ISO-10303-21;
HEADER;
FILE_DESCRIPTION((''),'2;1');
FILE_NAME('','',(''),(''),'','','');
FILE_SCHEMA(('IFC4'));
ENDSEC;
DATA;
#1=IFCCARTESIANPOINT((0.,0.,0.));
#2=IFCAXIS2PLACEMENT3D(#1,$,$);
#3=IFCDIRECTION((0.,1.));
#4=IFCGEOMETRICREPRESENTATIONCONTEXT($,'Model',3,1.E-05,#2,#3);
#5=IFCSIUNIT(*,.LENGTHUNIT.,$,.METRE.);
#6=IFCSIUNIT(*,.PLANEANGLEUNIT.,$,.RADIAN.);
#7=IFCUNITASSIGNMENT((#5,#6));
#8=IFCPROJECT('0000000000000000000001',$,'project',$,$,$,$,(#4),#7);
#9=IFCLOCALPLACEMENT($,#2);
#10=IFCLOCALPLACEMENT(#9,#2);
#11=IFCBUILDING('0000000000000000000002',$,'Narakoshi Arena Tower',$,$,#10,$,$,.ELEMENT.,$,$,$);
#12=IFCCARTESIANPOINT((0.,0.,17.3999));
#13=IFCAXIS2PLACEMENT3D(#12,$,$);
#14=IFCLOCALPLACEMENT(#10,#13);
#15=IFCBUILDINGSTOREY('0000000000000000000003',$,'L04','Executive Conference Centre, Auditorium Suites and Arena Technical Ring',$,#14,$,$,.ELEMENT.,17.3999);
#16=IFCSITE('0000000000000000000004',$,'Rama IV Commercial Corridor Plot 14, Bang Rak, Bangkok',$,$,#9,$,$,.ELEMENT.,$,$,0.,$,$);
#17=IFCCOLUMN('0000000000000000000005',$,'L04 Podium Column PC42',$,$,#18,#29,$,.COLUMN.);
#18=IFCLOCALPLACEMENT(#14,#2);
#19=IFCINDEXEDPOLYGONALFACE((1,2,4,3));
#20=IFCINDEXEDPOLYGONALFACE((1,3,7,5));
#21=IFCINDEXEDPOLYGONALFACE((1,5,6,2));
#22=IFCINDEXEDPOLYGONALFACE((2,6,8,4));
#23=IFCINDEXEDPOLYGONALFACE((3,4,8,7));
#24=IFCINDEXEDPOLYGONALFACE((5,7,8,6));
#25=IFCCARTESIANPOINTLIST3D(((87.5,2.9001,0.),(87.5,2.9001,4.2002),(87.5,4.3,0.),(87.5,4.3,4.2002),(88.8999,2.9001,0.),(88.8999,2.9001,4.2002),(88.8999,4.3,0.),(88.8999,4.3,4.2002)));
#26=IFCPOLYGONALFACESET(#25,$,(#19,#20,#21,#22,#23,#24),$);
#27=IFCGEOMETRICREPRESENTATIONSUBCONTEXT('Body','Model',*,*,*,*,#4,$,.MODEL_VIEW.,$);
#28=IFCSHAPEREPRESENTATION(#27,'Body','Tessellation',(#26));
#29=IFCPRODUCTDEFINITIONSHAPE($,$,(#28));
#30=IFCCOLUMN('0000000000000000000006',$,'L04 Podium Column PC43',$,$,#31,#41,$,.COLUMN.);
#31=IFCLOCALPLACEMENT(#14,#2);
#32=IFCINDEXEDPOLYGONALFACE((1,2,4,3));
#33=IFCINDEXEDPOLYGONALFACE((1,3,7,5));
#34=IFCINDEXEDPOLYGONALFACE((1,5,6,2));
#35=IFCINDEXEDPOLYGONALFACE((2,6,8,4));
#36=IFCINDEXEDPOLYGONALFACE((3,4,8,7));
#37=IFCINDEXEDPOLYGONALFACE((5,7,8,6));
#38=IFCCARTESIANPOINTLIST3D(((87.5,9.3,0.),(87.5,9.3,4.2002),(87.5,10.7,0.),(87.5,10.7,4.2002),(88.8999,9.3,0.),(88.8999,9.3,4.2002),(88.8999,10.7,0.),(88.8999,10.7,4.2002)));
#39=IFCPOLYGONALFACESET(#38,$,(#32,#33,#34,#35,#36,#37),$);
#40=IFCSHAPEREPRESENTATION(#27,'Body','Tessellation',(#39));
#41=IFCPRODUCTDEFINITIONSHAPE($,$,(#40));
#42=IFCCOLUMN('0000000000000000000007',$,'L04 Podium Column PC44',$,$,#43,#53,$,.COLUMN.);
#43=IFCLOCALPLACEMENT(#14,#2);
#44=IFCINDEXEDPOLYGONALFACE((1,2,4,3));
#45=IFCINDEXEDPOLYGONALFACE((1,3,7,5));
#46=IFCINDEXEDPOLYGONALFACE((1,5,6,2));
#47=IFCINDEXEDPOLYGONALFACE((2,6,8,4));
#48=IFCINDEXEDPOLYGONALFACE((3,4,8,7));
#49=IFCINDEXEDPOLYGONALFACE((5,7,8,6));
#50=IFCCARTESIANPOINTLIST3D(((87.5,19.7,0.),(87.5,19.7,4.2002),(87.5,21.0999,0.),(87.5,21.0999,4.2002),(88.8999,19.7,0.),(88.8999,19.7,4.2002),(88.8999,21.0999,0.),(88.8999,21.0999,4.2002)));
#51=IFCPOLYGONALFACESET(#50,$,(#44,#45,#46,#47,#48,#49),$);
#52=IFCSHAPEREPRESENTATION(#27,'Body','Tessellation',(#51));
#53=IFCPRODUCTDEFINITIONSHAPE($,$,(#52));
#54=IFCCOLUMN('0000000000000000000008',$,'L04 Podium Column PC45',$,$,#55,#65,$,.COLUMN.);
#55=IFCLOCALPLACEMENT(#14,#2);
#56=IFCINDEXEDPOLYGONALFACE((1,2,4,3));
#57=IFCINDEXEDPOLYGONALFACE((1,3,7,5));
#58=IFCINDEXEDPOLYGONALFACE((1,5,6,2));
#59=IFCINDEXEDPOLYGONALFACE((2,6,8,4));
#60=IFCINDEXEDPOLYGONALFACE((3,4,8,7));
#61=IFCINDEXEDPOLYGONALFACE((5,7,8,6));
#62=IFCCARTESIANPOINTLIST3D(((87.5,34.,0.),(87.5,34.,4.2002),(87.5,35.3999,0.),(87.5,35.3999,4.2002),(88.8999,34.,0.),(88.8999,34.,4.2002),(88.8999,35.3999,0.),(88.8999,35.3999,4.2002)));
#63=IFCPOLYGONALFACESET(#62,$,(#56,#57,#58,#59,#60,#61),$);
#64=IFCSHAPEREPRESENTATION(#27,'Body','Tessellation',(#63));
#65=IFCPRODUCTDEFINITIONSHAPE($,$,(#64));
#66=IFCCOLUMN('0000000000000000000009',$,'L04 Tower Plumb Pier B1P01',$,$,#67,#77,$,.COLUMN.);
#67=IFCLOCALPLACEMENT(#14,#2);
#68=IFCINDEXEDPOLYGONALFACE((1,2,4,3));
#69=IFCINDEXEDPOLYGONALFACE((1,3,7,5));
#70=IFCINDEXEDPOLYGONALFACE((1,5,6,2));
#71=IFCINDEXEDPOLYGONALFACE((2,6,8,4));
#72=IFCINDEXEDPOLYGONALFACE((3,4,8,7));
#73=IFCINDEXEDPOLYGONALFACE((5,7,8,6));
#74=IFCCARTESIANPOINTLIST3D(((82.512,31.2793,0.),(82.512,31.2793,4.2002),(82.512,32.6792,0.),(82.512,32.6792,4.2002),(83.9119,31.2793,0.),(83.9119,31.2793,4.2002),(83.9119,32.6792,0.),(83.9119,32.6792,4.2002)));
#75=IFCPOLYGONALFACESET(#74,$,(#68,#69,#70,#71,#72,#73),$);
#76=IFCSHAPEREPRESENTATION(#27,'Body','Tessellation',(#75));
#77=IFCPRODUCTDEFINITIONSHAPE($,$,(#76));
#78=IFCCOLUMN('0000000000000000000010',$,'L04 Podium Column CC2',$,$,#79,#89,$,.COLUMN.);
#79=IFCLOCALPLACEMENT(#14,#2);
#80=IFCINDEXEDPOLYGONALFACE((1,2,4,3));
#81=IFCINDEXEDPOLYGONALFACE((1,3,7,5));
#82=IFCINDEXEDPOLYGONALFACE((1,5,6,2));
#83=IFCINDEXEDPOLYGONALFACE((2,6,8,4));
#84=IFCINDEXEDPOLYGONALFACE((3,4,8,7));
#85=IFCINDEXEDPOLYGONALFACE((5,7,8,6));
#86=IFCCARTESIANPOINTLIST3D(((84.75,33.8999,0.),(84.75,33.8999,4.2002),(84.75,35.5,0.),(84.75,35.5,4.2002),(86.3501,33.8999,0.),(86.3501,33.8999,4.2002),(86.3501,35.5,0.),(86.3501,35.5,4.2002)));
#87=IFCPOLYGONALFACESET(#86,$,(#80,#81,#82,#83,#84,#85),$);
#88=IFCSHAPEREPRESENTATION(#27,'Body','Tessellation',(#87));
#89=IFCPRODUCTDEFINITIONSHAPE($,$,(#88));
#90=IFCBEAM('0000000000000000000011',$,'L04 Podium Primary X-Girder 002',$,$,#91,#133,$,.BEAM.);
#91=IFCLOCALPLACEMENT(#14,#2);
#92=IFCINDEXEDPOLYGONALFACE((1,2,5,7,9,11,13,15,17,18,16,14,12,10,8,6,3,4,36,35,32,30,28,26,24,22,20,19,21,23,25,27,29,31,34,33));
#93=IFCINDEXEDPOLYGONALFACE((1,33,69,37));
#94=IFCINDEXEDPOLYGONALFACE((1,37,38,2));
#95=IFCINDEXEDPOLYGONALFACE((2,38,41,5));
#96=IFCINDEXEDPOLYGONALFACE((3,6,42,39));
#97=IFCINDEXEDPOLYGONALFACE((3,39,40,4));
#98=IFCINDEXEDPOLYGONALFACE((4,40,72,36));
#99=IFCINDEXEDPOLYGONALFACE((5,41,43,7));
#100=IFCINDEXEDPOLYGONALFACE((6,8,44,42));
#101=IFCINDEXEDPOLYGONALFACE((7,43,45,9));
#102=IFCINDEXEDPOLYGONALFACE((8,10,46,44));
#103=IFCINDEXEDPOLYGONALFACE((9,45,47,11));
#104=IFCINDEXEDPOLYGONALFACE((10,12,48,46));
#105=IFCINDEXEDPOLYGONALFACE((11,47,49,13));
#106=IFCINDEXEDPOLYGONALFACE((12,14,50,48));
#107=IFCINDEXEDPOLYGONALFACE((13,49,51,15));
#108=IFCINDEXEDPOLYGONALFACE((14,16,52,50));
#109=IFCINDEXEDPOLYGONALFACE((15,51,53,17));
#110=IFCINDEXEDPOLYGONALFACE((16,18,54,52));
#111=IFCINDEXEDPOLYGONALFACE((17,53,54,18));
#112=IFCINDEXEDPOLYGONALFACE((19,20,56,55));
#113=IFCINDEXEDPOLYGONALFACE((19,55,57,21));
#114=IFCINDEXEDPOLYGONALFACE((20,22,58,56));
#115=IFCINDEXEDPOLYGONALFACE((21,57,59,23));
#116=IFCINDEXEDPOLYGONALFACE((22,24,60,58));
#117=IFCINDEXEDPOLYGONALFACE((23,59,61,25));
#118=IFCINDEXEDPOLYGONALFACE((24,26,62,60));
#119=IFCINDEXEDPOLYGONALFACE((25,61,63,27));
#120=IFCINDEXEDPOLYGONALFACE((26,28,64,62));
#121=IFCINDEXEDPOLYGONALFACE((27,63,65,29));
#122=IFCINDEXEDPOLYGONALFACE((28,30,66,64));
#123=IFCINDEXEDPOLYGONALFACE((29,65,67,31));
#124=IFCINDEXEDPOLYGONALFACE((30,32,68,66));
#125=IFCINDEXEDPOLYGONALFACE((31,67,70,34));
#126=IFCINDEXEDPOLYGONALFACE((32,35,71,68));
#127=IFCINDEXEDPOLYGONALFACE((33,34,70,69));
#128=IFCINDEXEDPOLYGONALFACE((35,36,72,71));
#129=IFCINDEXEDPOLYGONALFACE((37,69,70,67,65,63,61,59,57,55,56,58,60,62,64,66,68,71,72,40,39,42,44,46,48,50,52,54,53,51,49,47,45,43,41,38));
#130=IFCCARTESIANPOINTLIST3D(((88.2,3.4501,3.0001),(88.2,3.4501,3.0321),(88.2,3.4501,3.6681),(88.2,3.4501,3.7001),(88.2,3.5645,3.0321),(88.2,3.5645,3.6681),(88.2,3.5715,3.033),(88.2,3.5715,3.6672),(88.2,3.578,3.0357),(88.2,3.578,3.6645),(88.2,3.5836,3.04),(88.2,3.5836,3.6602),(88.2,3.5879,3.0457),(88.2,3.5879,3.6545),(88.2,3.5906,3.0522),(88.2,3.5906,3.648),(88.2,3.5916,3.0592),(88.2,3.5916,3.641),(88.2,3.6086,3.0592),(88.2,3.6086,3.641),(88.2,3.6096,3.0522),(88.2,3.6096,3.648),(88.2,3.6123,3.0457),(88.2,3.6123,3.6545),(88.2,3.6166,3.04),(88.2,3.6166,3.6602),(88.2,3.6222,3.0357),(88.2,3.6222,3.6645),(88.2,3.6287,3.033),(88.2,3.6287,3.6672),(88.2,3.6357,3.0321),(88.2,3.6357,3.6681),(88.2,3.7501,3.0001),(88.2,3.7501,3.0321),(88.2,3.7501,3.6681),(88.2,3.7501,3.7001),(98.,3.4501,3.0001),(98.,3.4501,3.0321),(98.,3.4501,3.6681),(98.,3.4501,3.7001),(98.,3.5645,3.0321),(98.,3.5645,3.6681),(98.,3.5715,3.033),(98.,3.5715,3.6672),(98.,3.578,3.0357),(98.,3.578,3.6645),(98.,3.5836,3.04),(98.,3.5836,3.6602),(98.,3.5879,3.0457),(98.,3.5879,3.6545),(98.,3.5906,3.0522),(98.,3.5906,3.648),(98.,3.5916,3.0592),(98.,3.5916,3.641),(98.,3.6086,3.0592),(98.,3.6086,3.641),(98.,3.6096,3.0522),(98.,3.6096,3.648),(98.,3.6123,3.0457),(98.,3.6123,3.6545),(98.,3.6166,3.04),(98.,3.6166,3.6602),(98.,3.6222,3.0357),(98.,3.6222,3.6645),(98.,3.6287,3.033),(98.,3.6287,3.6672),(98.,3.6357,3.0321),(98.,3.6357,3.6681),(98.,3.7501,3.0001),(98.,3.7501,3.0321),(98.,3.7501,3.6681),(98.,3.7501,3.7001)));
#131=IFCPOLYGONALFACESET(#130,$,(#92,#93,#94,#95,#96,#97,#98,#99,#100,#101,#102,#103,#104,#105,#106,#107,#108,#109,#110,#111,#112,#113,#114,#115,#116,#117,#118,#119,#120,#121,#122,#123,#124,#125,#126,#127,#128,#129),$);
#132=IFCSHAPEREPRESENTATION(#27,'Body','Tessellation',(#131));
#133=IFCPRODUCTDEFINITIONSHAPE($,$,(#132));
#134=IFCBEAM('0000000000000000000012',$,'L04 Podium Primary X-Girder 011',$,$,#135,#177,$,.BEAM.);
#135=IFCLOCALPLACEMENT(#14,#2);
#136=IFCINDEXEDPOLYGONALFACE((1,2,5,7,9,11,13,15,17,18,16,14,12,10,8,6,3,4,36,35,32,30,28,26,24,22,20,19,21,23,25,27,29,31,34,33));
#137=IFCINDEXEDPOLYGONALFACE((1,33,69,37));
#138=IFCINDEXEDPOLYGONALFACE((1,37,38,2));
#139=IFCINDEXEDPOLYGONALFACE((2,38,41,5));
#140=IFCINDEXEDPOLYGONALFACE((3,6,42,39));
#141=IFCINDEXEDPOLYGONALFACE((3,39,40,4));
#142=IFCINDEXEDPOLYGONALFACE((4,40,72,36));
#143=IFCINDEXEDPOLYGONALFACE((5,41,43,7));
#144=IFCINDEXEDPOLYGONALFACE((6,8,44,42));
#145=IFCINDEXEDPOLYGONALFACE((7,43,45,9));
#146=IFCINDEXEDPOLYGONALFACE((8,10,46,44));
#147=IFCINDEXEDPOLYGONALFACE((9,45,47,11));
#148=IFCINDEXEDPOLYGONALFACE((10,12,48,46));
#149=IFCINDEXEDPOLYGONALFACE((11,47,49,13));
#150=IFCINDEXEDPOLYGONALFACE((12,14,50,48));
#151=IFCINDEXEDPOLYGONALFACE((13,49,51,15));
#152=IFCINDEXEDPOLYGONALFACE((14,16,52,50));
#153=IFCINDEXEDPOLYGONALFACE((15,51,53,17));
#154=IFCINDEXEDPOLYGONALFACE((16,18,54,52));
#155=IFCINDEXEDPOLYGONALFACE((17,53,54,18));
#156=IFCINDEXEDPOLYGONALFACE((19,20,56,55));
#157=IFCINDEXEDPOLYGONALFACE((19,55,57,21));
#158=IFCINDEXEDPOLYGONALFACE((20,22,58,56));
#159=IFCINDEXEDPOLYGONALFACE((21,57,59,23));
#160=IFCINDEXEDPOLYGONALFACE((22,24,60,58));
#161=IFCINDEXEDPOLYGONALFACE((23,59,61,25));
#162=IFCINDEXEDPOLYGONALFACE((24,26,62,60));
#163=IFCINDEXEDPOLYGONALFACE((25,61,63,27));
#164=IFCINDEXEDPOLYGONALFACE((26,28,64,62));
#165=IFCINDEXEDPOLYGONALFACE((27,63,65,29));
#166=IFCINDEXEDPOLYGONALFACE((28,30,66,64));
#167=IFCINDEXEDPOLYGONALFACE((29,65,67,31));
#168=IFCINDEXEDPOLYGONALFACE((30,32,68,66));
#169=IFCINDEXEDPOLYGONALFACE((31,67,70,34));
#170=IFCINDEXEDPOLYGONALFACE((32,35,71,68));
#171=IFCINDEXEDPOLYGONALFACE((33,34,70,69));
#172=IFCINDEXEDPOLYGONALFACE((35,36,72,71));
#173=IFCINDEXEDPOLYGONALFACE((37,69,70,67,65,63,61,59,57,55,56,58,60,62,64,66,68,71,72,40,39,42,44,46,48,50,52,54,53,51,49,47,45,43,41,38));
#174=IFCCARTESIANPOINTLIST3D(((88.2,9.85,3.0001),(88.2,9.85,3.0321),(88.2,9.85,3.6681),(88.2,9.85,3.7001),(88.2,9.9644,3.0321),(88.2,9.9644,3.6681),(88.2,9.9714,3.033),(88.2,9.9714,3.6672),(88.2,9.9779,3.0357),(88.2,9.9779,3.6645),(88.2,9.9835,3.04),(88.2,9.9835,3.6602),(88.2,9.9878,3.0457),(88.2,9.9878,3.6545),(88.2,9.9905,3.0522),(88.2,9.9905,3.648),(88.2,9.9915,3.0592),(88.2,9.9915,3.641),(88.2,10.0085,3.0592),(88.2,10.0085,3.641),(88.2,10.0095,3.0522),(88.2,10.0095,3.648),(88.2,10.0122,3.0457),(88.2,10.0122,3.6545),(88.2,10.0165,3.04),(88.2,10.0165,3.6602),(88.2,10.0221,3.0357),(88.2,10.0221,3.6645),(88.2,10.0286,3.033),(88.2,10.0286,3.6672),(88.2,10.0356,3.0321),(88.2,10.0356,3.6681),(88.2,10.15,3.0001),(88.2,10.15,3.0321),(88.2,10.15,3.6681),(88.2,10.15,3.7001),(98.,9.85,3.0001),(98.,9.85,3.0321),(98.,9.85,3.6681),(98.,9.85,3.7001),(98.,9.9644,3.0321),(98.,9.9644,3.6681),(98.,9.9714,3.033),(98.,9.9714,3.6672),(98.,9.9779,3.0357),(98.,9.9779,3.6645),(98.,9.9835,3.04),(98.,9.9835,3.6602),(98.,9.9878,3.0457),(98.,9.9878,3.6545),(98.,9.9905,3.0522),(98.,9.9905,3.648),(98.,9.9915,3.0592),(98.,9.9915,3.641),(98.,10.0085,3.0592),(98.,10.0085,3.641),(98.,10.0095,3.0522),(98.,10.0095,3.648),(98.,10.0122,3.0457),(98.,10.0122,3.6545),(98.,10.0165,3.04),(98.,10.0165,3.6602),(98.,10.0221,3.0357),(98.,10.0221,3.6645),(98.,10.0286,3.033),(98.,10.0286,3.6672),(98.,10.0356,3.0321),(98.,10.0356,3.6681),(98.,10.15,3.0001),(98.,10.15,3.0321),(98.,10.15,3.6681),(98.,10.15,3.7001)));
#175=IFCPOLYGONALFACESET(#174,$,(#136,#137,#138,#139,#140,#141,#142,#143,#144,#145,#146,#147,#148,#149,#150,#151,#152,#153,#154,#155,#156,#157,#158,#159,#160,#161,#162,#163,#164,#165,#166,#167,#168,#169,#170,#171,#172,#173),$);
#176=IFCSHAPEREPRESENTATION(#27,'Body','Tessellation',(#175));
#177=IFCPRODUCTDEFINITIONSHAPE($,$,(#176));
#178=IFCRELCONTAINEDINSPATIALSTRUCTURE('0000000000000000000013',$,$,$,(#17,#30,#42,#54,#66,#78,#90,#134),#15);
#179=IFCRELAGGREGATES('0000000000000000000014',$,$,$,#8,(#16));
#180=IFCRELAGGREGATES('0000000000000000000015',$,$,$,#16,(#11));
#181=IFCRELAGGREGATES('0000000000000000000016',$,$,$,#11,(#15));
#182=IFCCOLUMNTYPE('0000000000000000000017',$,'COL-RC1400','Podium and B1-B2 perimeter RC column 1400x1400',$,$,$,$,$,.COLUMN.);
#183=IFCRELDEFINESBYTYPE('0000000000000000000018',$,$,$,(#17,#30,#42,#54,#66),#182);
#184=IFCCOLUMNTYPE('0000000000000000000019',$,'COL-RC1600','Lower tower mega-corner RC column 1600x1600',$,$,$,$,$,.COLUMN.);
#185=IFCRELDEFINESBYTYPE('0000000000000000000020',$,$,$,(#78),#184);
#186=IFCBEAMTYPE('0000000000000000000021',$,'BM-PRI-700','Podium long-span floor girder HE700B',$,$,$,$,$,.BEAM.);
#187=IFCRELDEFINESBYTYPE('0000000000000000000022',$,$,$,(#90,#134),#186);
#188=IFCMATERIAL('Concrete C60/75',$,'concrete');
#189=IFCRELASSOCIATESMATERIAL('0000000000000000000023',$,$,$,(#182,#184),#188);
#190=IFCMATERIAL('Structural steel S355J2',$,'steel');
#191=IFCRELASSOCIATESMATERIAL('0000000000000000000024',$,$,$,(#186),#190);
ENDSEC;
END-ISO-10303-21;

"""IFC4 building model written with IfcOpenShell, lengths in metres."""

from ifc_helpers import new_model, si_unit, direction, frame, origin, origin_2d, place, context, subcontext, project, spatial, rectangle, i_section, extrude, material, material_profile, profile_set, type_object, element, save


model = new_model("IFC4")

# Units and contexts
model_context = context("Model", 3, precision=1e-05, world=origin(), true_north=direction((0.0, 1.0)))
body_context = subcontext(model_context, "Body", "Model", "MODEL_VIEW")
ifc_project = project(units=[si_unit("LENGTHUNIT", "METRE"), si_unit("PLANEANGLEUNIT", "RADIAN")], contexts=[model_context])

# Site, building, storey
site_placement = place(None, origin())
site = spatial("IfcSite", under=ifc_project, at=site_placement, Name="Rama IV Commercial Corridor Plot 14, Bang Rak, Bangkok", CompositionType="ELEMENT", RefElevation=0.0)
building_placement = place(site_placement, origin())
building = spatial("IfcBuilding", under=site, at=building_placement, Name="Narakoshi Arena Tower", CompositionType="ELEMENT")
storey_placement = place(building_placement, frame((0.0, 0.0, 17.3999)))
storey = spatial("IfcBuildingStorey", under=building, at=storey_placement, Name="L04", Description="Executive Conference Centre, Auditorium Suites and Arena Technical Ring", CompositionType="ELEMENT", Elevation=17.3999)

# Columns
ifc_material_1 = material(Name="Concrete C60/75", Category="concrete")
ifc_material_profile_1 = material_profile(ifc_material_1, rectangle(XDim=1.3999, YDim=1.3999, at=origin_2d()), Name="RC1400x1400")
ifc_profile_set_1 = profile_set([ifc_material_profile_1], Name="Concrete C60/75")
column_type_1 = type_object("IfcColumnType", Name="COL-RC1400", Description="Podium and B1-B2 perimeter RC column 1400x1400", PredefinedType="COLUMN", material=ifc_profile_set_1)
for number, where, z_axis, x_axis, name in (
    (1, (88.2, 3.6001, 0.0), (0.0, 0.0, 1.0), (1.0, 0.0, 0.0), "L04 Podium Column PC42"),
    (2, (88.2, 10.0, 0.0), (0.0, 0.0, 1.0), (1.0, 0.0, 0.0), "L04 Podium Column PC43"),
    (3, (88.2, 20.3999, 0.0), (0.0, 0.0, 1.0), (1.0, 0.0, 0.0), "L04 Podium Column PC44"),
    (4, (88.2, 34.7, 0.0), (0.0, 0.0, 1.0), (1.0, 0.0, 0.0), "L04 Podium Column PC45"),
    (5, (83.2119, 31.9792, 0.0), (0.0, 0.0, 1.0), (1.0, 0.0, 0.0), "L04 Tower Plumb Pier B1P01"),
):
    element("IfcColumn", number, at=place(storey_placement, frame(where, z_axis=z_axis, x_axis=x_axis)), inside=storey, type_object=column_type_1, Name=name, PredefinedType="COLUMN", context=body_context, shape_type="SweptSolid", body=[
        extrude(rectangle(XDim=1.3999, YDim=1.3999, at=origin_2d()), origin(), (0.0, 0.0, 1.0), 4.2002),
    ])
ifc_material_profile_2 = material_profile(ifc_material_1, rectangle(XDim=1.6001, YDim=1.6001, at=origin_2d()), Name="RC1600x1600")
ifc_profile_set_2 = profile_set([ifc_material_profile_2], Name="Concrete C60/75")
column_type_2 = type_object("IfcColumnType", Name="COL-RC1600", Description="Lower tower mega-corner RC column 1600x1600", PredefinedType="COLUMN", material=ifc_profile_set_2)
column_placement = place(storey_placement, frame((85.55, 34.7, 0.0), z_axis=(0.0, 0.0, 1.0), x_axis=(1.0, 0.0, 0.0)))
element("IfcColumn", 6, at=column_placement, inside=storey, type_object=column_type_2, Name="L04 Podium Column CC2", PredefinedType="COLUMN", context=body_context, shape_type="SweptSolid", body=[
    extrude(rectangle(XDim=1.6001, YDim=1.6001, at=origin_2d()), origin(), (0.0, 0.0, 1.0), 4.2002),
])

# Beams
ifc_material_2 = material(Name="Structural steel S355J2", Category="steel")
ifc_material_profile_3 = material_profile(ifc_material_2, i_section(OverallWidth=0.3, OverallDepth=0.7, WebThickness=0.0171, FlangeThickness=0.032, FilletRadius=0.0271, at=origin_2d()), Name="HE700B")
ifc_profile_set_3 = profile_set([ifc_material_profile_3], Name="Structural steel S355J2")
beam_type_1 = type_object("IfcBeamType", Name="BM-PRI-700", Description="Podium long-span floor girder HE700B", PredefinedType="BEAM", material=ifc_profile_set_3)
for number, where, z_axis, x_axis, name in (
    (7, (88.2, 3.6001, 3.3501), (1.0, 0.0, 0.0), (0.0, 1.0, 0.0), "L04 Podium Primary X-Girder 002"),
    (8, (88.2, 10.0, 3.3501), (1.0, 0.0, 0.0), (0.0, 1.0, 0.0), "L04 Podium Primary X-Girder 011"),
):
    element("IfcBeam", number, at=place(storey_placement, frame(where, z_axis=z_axis, x_axis=x_axis)), inside=storey, type_object=beam_type_1, Name=name, PredefinedType="BEAM", context=body_context, shape_type="SweptSolid", body=[
        extrude(i_section(OverallWidth=0.3, OverallDepth=0.7, WebThickness=0.0171, FlangeThickness=0.032, FilletRadius=0.0271, at=origin_2d()), origin(), (0.0, 0.0, 1.0), 9.8),
    ])

save(model, "model.ifc")
